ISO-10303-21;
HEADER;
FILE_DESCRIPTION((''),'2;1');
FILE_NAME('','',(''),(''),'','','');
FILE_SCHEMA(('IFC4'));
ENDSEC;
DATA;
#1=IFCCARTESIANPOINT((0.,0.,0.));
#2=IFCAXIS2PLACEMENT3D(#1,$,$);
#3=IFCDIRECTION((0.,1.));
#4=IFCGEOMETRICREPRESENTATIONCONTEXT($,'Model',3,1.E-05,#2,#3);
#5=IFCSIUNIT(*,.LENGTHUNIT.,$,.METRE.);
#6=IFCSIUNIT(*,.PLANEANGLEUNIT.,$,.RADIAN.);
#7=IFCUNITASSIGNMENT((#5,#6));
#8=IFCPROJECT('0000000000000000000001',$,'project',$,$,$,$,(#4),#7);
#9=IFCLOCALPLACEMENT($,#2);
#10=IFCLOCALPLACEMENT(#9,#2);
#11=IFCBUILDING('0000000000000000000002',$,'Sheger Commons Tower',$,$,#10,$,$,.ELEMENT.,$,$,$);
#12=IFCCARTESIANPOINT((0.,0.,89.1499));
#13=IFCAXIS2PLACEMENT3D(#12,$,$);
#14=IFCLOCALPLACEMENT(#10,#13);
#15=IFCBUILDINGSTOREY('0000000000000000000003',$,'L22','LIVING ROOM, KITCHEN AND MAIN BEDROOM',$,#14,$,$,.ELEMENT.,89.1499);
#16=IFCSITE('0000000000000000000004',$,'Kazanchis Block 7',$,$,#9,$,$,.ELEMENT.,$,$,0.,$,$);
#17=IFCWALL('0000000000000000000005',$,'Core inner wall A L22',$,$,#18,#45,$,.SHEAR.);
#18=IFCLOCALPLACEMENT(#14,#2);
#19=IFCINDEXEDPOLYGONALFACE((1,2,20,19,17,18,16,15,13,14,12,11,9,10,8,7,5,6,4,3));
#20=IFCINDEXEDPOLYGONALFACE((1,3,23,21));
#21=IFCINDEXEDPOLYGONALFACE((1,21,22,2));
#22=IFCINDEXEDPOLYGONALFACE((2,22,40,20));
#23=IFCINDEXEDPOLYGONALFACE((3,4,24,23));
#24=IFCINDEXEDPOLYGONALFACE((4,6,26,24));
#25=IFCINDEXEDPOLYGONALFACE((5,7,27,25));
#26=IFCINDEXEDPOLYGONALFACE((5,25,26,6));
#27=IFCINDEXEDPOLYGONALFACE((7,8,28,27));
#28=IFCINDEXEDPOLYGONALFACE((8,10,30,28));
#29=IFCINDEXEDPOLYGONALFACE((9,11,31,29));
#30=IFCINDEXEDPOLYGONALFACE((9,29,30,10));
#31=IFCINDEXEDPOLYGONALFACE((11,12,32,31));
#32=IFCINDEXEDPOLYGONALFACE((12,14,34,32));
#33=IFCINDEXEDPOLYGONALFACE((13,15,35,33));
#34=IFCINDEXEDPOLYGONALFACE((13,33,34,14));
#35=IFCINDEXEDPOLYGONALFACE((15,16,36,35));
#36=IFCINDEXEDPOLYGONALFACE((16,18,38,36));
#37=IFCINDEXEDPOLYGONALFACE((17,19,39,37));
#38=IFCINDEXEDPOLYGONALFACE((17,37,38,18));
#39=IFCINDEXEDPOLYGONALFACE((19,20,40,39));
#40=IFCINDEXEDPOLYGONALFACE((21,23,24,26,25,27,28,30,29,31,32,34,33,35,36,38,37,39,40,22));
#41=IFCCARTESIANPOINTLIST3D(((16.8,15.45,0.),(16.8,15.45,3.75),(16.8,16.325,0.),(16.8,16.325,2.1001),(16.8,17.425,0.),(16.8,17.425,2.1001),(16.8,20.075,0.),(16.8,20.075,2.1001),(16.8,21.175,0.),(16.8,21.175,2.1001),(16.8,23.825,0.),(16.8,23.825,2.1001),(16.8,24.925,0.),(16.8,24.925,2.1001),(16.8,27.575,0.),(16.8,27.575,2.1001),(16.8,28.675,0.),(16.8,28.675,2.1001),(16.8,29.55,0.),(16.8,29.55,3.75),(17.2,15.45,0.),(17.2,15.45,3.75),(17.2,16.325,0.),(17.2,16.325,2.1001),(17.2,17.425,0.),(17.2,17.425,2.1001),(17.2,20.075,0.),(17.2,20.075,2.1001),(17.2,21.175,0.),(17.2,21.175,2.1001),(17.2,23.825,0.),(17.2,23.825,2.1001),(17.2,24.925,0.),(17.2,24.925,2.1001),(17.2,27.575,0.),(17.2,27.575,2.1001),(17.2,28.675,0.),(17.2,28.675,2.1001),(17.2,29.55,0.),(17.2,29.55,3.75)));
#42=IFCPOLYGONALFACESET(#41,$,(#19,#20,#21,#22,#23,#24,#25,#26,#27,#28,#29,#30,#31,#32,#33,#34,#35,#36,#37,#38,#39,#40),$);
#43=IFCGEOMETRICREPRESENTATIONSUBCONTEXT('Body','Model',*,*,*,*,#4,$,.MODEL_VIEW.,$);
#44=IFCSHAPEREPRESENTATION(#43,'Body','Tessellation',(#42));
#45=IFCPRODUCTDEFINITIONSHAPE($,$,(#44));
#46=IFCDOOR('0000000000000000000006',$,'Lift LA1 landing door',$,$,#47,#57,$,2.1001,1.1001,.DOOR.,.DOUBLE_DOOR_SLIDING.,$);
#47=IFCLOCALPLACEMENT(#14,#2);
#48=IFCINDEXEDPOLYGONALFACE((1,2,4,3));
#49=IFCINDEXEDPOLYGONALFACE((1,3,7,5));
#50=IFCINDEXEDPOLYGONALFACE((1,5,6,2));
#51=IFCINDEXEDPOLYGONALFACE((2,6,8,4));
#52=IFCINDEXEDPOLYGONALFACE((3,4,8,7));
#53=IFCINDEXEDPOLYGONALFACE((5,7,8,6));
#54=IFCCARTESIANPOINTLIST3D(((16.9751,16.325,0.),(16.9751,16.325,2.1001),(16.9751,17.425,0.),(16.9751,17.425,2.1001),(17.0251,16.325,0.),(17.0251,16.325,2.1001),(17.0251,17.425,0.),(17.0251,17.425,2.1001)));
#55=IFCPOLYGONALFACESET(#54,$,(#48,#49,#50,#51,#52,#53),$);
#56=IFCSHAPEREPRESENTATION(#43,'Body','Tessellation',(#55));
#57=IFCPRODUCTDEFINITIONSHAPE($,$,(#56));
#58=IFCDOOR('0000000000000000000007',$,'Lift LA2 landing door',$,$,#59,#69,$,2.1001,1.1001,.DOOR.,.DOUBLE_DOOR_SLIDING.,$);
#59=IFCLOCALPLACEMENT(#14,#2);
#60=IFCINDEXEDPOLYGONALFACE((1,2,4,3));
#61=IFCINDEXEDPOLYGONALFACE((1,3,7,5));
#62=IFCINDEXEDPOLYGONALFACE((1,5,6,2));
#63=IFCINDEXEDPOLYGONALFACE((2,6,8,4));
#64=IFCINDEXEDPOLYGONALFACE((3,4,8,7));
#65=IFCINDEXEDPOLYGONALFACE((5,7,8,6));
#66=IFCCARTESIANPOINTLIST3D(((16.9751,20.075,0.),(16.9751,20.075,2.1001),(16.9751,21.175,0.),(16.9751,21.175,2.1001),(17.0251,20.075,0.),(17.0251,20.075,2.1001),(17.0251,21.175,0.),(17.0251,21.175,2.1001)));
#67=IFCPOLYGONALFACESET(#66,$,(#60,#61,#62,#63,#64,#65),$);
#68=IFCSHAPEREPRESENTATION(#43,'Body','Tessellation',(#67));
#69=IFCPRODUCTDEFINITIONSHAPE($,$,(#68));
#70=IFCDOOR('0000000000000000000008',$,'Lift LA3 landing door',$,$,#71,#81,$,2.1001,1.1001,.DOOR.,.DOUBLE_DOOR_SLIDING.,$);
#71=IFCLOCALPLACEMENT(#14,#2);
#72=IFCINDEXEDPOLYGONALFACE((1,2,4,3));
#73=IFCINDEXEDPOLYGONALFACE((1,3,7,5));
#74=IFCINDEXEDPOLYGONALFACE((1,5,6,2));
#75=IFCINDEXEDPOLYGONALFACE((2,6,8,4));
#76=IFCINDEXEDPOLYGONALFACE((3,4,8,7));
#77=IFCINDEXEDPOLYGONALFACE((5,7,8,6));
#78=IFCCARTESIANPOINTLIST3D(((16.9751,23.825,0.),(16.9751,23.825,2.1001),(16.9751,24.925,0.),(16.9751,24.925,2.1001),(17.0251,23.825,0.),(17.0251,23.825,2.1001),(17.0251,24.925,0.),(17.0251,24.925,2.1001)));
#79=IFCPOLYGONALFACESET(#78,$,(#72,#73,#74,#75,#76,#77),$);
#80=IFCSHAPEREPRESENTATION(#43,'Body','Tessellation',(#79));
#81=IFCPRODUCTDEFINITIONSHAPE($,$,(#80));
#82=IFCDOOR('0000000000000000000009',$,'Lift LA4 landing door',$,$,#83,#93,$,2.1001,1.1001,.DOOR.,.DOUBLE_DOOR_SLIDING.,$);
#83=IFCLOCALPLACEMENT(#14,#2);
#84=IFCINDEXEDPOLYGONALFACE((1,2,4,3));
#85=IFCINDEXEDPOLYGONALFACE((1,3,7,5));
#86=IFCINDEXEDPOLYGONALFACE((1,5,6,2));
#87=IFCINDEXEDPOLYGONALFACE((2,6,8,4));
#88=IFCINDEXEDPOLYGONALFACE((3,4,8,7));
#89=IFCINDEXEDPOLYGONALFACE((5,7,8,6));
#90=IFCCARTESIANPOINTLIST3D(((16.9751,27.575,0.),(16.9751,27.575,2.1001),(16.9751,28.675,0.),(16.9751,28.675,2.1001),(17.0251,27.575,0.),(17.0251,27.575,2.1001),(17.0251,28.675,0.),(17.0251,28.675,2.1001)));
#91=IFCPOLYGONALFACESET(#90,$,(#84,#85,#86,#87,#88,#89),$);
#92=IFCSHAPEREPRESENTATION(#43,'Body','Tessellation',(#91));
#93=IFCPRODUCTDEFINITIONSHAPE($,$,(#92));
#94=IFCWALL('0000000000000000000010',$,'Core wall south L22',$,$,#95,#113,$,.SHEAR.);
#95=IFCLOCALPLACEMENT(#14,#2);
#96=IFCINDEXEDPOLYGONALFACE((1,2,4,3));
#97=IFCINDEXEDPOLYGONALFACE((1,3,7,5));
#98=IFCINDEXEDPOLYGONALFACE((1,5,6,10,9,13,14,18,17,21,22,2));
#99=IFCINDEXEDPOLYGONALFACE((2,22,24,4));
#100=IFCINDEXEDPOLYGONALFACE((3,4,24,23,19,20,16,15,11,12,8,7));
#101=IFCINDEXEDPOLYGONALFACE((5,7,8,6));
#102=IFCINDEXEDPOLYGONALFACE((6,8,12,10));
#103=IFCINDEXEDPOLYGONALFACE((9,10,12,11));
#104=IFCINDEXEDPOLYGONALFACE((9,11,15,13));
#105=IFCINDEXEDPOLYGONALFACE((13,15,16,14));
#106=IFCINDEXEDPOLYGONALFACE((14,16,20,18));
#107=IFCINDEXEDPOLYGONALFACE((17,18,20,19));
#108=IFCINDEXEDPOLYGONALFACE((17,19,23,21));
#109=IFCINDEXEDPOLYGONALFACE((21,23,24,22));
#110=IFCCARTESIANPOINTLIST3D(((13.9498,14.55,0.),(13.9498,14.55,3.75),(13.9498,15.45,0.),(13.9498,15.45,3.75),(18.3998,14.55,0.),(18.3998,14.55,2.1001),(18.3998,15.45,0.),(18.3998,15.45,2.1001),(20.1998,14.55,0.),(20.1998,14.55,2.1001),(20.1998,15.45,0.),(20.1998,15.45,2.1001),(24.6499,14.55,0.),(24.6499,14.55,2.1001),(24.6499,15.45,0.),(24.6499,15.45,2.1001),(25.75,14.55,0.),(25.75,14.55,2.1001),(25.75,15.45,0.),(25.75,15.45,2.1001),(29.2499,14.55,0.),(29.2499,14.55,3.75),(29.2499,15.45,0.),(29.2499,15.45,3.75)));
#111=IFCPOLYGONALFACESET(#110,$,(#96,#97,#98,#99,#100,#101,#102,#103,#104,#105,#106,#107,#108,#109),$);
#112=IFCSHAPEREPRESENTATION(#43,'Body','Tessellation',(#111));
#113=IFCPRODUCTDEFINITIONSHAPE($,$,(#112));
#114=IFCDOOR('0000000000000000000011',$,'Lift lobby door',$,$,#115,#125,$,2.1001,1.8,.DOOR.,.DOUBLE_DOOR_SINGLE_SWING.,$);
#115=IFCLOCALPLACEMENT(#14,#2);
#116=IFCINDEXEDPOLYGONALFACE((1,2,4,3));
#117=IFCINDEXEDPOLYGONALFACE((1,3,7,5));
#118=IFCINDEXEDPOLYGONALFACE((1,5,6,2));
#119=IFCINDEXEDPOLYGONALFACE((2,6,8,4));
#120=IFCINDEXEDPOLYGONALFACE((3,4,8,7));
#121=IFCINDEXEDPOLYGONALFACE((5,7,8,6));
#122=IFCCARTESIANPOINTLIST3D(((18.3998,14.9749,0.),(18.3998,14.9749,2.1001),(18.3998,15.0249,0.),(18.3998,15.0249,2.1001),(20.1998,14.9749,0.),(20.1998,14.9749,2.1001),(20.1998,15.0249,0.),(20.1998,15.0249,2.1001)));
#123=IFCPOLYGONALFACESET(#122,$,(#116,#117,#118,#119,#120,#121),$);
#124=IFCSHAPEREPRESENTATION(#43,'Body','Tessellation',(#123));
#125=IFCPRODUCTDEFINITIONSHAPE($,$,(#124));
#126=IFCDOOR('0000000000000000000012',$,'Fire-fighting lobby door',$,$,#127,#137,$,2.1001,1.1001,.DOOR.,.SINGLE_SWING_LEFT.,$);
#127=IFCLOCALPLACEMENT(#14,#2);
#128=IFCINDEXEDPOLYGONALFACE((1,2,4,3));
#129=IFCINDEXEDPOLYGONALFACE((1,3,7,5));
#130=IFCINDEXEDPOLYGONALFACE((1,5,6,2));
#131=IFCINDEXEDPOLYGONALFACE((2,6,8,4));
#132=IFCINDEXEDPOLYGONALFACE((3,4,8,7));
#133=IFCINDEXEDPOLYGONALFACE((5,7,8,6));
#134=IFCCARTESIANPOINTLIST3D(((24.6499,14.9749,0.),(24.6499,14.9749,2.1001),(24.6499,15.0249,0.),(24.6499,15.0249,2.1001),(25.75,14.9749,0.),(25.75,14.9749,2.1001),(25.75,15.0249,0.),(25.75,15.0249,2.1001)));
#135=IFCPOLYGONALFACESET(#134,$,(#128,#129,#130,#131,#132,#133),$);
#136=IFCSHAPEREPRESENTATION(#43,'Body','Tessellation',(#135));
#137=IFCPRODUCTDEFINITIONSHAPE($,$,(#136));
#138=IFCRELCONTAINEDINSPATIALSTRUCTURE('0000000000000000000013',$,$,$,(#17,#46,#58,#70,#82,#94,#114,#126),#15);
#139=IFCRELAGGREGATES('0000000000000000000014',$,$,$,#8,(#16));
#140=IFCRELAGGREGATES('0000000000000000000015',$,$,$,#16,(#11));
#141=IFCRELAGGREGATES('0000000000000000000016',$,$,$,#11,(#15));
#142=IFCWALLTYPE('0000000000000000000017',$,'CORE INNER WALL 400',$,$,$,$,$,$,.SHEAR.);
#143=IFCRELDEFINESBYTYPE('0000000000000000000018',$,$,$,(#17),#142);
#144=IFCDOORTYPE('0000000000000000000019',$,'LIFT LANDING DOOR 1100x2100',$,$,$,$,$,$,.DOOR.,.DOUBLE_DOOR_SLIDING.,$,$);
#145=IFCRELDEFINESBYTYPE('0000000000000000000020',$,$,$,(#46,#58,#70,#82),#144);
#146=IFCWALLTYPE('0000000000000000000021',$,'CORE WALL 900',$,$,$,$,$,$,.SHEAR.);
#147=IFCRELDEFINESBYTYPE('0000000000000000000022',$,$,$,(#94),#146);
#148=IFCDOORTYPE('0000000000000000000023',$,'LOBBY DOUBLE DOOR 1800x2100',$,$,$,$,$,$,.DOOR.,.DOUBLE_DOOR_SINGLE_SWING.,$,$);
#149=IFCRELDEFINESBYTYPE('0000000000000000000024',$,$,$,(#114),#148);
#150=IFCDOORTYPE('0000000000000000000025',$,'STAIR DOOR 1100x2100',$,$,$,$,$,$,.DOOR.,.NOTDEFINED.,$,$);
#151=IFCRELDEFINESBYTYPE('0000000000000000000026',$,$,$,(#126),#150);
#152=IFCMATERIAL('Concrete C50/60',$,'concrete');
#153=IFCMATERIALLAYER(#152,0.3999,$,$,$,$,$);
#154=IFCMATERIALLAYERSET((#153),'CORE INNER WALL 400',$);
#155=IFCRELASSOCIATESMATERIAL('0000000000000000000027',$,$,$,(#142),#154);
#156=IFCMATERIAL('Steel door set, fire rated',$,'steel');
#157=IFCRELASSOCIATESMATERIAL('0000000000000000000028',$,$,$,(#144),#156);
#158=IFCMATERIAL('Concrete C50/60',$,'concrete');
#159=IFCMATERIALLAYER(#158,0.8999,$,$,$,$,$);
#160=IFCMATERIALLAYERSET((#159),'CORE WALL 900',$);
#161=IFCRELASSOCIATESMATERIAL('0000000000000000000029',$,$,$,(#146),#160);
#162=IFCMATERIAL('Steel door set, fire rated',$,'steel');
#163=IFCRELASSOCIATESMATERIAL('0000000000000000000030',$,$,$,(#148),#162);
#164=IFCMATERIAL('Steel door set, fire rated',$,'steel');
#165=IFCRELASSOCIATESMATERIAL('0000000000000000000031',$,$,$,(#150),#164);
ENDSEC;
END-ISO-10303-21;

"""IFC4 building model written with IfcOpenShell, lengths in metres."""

from ifc_helpers import new_model, si_unit, direction, frame, frame_2d, origin, place, context, subcontext, project, spatial, rectangle, extrude, material, layer, layer_set, type_object, element, fill, save


model = new_model("IFC4")

# Units and contexts
model_context = context("Model", 3, precision=1e-05, world=origin(), true_north=direction((0.0, 1.0)))
body_context = subcontext(model_context, "Body", "Model", "MODEL_VIEW")
ifc_project = project(units=[si_unit("LENGTHUNIT", "METRE"), si_unit("PLANEANGLEUNIT", "RADIAN")], contexts=[model_context])

# Site, building, storey
site_placement = place(None, origin())
site = spatial("IfcSite", under=ifc_project, at=site_placement, Name="Kazanchis Block 7", CompositionType="ELEMENT", RefElevation=0.0)
building_placement = place(site_placement, origin())
building = spatial("IfcBuilding", under=site, at=building_placement, Name="Sheger Commons Tower", CompositionType="ELEMENT")
storey_placement = place(building_placement, frame((0.0, 0.0, 89.1499)))
storey = spatial("IfcBuildingStorey", under=building, at=storey_placement, Name="L22", Description="LIVING ROOM, KITCHEN AND MAIN BEDROOM", CompositionType="ELEMENT", Elevation=89.1499)

# Walls, openings, doors
ifc_material_1 = material(Name="Concrete C50/60", Category="concrete")
ifc_layer_1 = layer(ifc_material_1, 0.3999)
ifc_layer_set_1 = layer_set([ifc_layer_1], Name="CORE INNER WALL 400")
wall_type_1 = type_object("IfcWallType", Name="CORE INNER WALL 400", PredefinedType="SHEAR", material=ifc_layer_set_1)
wall_1_placement = place(storey_placement, frame((17.0, 15.45, 0.0), z_axis=(0.0, 0.0, 1.0), x_axis=(0.0, 1.0, 0.0)))
wall_1 = element("IfcWall", 1, at=wall_1_placement, inside=storey, type_object=wall_type_1, Name="Core inner wall A L22", PredefinedType="SHEAR", context=body_context, shape_type="SweptSolid", body=[
    extrude(rectangle(XDim=14.1001, YDim=0.3999, at=frame_2d((7.05, 0.0))), origin(), (0.0, 0.0, 1.0), 3.75),
])
opening_1_placement = place(wall_1_placement, frame((0.875, 0.0, 0.0)))
opening_1 = element("IfcOpeningElement", 2, at=opening_1_placement, cuts=wall_1, PredefinedType="OPENING", context=body_context, shape_type="SweptSolid", body=[
    extrude(rectangle(XDim=1.1001, YDim=2.1001, at=frame_2d((0.55, 1.05))), frame((0.0, 0.21, 0.0), z_axis=(0.0, -1.0, 0.0), x_axis=(1.0, 0.0, 0.0)), (0.0, 0.0, 1.0), 0.4199),
])
opening_2_placement = place(wall_1_placement, frame((4.625, 0.0, 0.0)))
opening_2 = element("IfcOpeningElement", 3, at=opening_2_placement, cuts=wall_1, PredefinedType="OPENING", context=body_context, shape_type="SweptSolid", body=[
    extrude(rectangle(XDim=1.1001, YDim=2.1001, at=frame_2d((0.55, 1.05))), frame((0.0, 0.21, 0.0), z_axis=(0.0, -1.0, 0.0), x_axis=(1.0, 0.0, 0.0)), (0.0, 0.0, 1.0), 0.4199),
])
opening_3_placement = place(wall_1_placement, frame((8.375, 0.0, 0.0)))
opening_3 = element("IfcOpeningElement", 4, at=opening_3_placement, cuts=wall_1, PredefinedType="OPENING", context=body_context, shape_type="SweptSolid", body=[
    extrude(rectangle(XDim=1.1001, YDim=2.1001, at=frame_2d((0.55, 1.05))), frame((0.0, 0.21, 0.0), z_axis=(0.0, -1.0, 0.0), x_axis=(1.0, 0.0, 0.0)), (0.0, 0.0, 1.0), 0.4199),
])
opening_4_placement = place(wall_1_placement, frame((12.125, 0.0, 0.0)))
opening_4 = element("IfcOpeningElement", 5, at=opening_4_placement, cuts=wall_1, PredefinedType="OPENING", context=body_context, shape_type="SweptSolid", body=[
    extrude(rectangle(XDim=1.1001, YDim=2.1001, at=frame_2d((0.55, 1.05))), frame((0.0, 0.21, 0.0), z_axis=(0.0, -1.0, 0.0), x_axis=(1.0, 0.0, 0.0)), (0.0, 0.0, 1.0), 0.4199),
])
ifc_material_2 = material(Name="Steel door set, fire rated", Category="steel")
door_type_1 = type_object("IfcDoorType", Name="LIFT LANDING DOOR 1100x2100", OperationType="DOUBLE_DOOR_SLIDING", PredefinedType="DOOR", material=ifc_material_2)
door_1_placement = place(opening_1_placement, origin())
door_1 = element("IfcDoor", 6, at=door_1_placement, inside=storey, type_object=door_type_1, Name="Lift LA1 landing door", OperationType="DOUBLE_DOOR_SLIDING", OverallHeight=2.1001, OverallWidth=1.1001, PredefinedType="DOOR", context=body_context, shape_type="SweptSolid", body=[
    extrude(rectangle(XDim=1.1001, YDim=2.1001, at=frame_2d((0.55, 1.05))), frame((0.0, 0.0249, 0.0), z_axis=(0.0, -1.0, 0.0), x_axis=(1.0, 0.0, 0.0)), (0.0, 0.0, 1.0), 0.05),
])
fill(opening_1, door_1)
door_2_placement = place(opening_2_placement, origin())
door_2 = element("IfcDoor", 7, at=door_2_placement, inside=storey, type_object=door_type_1, Name="Lift LA2 landing door", OperationType="DOUBLE_DOOR_SLIDING", OverallHeight=2.1001, OverallWidth=1.1001, PredefinedType="DOOR", context=body_context, shape_type="SweptSolid", body=[
    extrude(rectangle(XDim=1.1001, YDim=2.1001, at=frame_2d((0.55, 1.05))), frame((0.0, 0.0249, 0.0), z_axis=(0.0, -1.0, 0.0), x_axis=(1.0, 0.0, 0.0)), (0.0, 0.0, 1.0), 0.05),
])
fill(opening_2, door_2)
door_3_placement = place(opening_3_placement, origin())
door_3 = element("IfcDoor", 8, at=door_3_placement, inside=storey, type_object=door_type_1, Name="Lift LA3 landing door", OperationType="DOUBLE_DOOR_SLIDING", OverallHeight=2.1001, OverallWidth=1.1001, PredefinedType="DOOR", context=body_context, shape_type="SweptSolid", body=[
    extrude(rectangle(XDim=1.1001, YDim=2.1001, at=frame_2d((0.55, 1.05))), frame((0.0, 0.0249, 0.0), z_axis=(0.0, -1.0, 0.0), x_axis=(1.0, 0.0, 0.0)), (0.0, 0.0, 1.0), 0.05),
])
fill(opening_3, door_3)
door_4_placement = place(opening_4_placement, origin())
door_4 = element("IfcDoor", 9, at=door_4_placement, inside=storey, type_object=door_type_1, Name="Lift LA4 landing door", OperationType="DOUBLE_DOOR_SLIDING", OverallHeight=2.1001, OverallWidth=1.1001, PredefinedType="DOOR", context=body_context, shape_type="SweptSolid", body=[
    extrude(rectangle(XDim=1.1001, YDim=2.1001, at=frame_2d((0.55, 1.05))), frame((0.0, 0.0249, 0.0), z_axis=(0.0, -1.0, 0.0), x_axis=(1.0, 0.0, 0.0)), (0.0, 0.0, 1.0), 0.05),
])
fill(opening_4, door_4)
ifc_material_3 = material(Name="Concrete C50/60", Category="concrete")
ifc_layer_2 = layer(ifc_material_3, 0.8999)
ifc_layer_set_2 = layer_set([ifc_layer_2], Name="CORE WALL 900")
wall_type_2 = type_object("IfcWallType", Name="CORE WALL 900", PredefinedType="SHEAR", material=ifc_layer_set_2)
wall_2_placement = place(storey_placement, frame((13.95, 15.0, 0.0), z_axis=(0.0, 0.0, 1.0), x_axis=(1.0, 0.0, 0.0)))
wall_2 = element("IfcWall", 10, at=wall_2_placement, inside=storey, type_object=wall_type_2, Name="Core wall south L22", PredefinedType="SHEAR", context=body_context, shape_type="SweptSolid", body=[
    extrude(rectangle(XDim=15.3, YDim=0.8999, at=frame_2d((7.6499, 0.0))), origin(), (0.0, 0.0, 1.0), 3.75),
])
opening_5_placement = place(wall_2_placement, frame((4.45, 0.0, 0.0)))
opening_5 = element("IfcOpeningElement", 11, at=opening_5_placement, cuts=wall_2, PredefinedType="OPENING", context=body_context, shape_type="SweptSolid", body=[
    extrude(rectangle(XDim=1.8, YDim=2.1001, at=frame_2d((0.8999, 1.05))), frame((0.0, 0.46, 0.0), z_axis=(0.0, -1.0, 0.0), x_axis=(1.0, 0.0, 0.0)), (0.0, 0.0, 1.0), 0.9199),
])
opening_6_placement = place(wall_2_placement, frame((10.7, 0.0, 0.0)))
opening_6 = element("IfcOpeningElement", 12, at=opening_6_placement, cuts=wall_2, PredefinedType="OPENING", context=body_context, shape_type="SweptSolid", body=[
    extrude(rectangle(XDim=1.1001, YDim=2.1001, at=frame_2d((0.55, 1.05))), frame((0.0, 0.46, 0.0), z_axis=(0.0, -1.0, 0.0), x_axis=(1.0, 0.0, 0.0)), (0.0, 0.0, 1.0), 0.9199),
])
ifc_material_4 = material(Name="Steel door set, fire rated", Category="steel")
door_type_2 = type_object("IfcDoorType", Name="LOBBY DOUBLE DOOR 1800x2100", OperationType="DOUBLE_DOOR_SINGLE_SWING", PredefinedType="DOOR", material=ifc_material_4)
door_5_placement = place(opening_5_placement, origin())
door_5 = element("IfcDoor", 13, at=door_5_placement, inside=storey, type_object=door_type_2, Name="Lift lobby door", OperationType="DOUBLE_DOOR_SINGLE_SWING", OverallHeight=2.1001, OverallWidth=1.8, PredefinedType="DOOR", context=body_context, shape_type="SweptSolid", body=[
    extrude(rectangle(XDim=1.8, YDim=2.1001, at=frame_2d((0.8999, 1.05))), frame((0.0, 0.0249, 0.0), z_axis=(0.0, -1.0, 0.0), x_axis=(1.0, 0.0, 0.0)), (0.0, 0.0, 1.0), 0.05),
])
fill(opening_5, door_5)
ifc_material_5 = material(Name="Steel door set, fire rated", Category="steel")
door_type_3 = type_object("IfcDoorType", Name="STAIR DOOR 1100x2100", OperationType="NOTDEFINED", PredefinedType="DOOR", material=ifc_material_5)
door_6_placement = place(opening_6_placement, origin())
door_6 = element("IfcDoor", 14, at=door_6_placement, inside=storey, type_object=door_type_3, Name="Fire-fighting lobby door", OperationType="SINGLE_SWING_LEFT", OverallHeight=2.1001, OverallWidth=1.1001, PredefinedType="DOOR", context=body_context, shape_type="SweptSolid", body=[
    extrude(rectangle(XDim=1.1001, YDim=2.1001, at=frame_2d((0.55, 1.05))), frame((0.0, 0.0249, 0.0), z_axis=(0.0, -1.0, 0.0), x_axis=(1.0, 0.0, 0.0)), (0.0, 0.0, 1.0), 0.05),
])
fill(opening_6, door_6)

save(model, "model.ifc")
